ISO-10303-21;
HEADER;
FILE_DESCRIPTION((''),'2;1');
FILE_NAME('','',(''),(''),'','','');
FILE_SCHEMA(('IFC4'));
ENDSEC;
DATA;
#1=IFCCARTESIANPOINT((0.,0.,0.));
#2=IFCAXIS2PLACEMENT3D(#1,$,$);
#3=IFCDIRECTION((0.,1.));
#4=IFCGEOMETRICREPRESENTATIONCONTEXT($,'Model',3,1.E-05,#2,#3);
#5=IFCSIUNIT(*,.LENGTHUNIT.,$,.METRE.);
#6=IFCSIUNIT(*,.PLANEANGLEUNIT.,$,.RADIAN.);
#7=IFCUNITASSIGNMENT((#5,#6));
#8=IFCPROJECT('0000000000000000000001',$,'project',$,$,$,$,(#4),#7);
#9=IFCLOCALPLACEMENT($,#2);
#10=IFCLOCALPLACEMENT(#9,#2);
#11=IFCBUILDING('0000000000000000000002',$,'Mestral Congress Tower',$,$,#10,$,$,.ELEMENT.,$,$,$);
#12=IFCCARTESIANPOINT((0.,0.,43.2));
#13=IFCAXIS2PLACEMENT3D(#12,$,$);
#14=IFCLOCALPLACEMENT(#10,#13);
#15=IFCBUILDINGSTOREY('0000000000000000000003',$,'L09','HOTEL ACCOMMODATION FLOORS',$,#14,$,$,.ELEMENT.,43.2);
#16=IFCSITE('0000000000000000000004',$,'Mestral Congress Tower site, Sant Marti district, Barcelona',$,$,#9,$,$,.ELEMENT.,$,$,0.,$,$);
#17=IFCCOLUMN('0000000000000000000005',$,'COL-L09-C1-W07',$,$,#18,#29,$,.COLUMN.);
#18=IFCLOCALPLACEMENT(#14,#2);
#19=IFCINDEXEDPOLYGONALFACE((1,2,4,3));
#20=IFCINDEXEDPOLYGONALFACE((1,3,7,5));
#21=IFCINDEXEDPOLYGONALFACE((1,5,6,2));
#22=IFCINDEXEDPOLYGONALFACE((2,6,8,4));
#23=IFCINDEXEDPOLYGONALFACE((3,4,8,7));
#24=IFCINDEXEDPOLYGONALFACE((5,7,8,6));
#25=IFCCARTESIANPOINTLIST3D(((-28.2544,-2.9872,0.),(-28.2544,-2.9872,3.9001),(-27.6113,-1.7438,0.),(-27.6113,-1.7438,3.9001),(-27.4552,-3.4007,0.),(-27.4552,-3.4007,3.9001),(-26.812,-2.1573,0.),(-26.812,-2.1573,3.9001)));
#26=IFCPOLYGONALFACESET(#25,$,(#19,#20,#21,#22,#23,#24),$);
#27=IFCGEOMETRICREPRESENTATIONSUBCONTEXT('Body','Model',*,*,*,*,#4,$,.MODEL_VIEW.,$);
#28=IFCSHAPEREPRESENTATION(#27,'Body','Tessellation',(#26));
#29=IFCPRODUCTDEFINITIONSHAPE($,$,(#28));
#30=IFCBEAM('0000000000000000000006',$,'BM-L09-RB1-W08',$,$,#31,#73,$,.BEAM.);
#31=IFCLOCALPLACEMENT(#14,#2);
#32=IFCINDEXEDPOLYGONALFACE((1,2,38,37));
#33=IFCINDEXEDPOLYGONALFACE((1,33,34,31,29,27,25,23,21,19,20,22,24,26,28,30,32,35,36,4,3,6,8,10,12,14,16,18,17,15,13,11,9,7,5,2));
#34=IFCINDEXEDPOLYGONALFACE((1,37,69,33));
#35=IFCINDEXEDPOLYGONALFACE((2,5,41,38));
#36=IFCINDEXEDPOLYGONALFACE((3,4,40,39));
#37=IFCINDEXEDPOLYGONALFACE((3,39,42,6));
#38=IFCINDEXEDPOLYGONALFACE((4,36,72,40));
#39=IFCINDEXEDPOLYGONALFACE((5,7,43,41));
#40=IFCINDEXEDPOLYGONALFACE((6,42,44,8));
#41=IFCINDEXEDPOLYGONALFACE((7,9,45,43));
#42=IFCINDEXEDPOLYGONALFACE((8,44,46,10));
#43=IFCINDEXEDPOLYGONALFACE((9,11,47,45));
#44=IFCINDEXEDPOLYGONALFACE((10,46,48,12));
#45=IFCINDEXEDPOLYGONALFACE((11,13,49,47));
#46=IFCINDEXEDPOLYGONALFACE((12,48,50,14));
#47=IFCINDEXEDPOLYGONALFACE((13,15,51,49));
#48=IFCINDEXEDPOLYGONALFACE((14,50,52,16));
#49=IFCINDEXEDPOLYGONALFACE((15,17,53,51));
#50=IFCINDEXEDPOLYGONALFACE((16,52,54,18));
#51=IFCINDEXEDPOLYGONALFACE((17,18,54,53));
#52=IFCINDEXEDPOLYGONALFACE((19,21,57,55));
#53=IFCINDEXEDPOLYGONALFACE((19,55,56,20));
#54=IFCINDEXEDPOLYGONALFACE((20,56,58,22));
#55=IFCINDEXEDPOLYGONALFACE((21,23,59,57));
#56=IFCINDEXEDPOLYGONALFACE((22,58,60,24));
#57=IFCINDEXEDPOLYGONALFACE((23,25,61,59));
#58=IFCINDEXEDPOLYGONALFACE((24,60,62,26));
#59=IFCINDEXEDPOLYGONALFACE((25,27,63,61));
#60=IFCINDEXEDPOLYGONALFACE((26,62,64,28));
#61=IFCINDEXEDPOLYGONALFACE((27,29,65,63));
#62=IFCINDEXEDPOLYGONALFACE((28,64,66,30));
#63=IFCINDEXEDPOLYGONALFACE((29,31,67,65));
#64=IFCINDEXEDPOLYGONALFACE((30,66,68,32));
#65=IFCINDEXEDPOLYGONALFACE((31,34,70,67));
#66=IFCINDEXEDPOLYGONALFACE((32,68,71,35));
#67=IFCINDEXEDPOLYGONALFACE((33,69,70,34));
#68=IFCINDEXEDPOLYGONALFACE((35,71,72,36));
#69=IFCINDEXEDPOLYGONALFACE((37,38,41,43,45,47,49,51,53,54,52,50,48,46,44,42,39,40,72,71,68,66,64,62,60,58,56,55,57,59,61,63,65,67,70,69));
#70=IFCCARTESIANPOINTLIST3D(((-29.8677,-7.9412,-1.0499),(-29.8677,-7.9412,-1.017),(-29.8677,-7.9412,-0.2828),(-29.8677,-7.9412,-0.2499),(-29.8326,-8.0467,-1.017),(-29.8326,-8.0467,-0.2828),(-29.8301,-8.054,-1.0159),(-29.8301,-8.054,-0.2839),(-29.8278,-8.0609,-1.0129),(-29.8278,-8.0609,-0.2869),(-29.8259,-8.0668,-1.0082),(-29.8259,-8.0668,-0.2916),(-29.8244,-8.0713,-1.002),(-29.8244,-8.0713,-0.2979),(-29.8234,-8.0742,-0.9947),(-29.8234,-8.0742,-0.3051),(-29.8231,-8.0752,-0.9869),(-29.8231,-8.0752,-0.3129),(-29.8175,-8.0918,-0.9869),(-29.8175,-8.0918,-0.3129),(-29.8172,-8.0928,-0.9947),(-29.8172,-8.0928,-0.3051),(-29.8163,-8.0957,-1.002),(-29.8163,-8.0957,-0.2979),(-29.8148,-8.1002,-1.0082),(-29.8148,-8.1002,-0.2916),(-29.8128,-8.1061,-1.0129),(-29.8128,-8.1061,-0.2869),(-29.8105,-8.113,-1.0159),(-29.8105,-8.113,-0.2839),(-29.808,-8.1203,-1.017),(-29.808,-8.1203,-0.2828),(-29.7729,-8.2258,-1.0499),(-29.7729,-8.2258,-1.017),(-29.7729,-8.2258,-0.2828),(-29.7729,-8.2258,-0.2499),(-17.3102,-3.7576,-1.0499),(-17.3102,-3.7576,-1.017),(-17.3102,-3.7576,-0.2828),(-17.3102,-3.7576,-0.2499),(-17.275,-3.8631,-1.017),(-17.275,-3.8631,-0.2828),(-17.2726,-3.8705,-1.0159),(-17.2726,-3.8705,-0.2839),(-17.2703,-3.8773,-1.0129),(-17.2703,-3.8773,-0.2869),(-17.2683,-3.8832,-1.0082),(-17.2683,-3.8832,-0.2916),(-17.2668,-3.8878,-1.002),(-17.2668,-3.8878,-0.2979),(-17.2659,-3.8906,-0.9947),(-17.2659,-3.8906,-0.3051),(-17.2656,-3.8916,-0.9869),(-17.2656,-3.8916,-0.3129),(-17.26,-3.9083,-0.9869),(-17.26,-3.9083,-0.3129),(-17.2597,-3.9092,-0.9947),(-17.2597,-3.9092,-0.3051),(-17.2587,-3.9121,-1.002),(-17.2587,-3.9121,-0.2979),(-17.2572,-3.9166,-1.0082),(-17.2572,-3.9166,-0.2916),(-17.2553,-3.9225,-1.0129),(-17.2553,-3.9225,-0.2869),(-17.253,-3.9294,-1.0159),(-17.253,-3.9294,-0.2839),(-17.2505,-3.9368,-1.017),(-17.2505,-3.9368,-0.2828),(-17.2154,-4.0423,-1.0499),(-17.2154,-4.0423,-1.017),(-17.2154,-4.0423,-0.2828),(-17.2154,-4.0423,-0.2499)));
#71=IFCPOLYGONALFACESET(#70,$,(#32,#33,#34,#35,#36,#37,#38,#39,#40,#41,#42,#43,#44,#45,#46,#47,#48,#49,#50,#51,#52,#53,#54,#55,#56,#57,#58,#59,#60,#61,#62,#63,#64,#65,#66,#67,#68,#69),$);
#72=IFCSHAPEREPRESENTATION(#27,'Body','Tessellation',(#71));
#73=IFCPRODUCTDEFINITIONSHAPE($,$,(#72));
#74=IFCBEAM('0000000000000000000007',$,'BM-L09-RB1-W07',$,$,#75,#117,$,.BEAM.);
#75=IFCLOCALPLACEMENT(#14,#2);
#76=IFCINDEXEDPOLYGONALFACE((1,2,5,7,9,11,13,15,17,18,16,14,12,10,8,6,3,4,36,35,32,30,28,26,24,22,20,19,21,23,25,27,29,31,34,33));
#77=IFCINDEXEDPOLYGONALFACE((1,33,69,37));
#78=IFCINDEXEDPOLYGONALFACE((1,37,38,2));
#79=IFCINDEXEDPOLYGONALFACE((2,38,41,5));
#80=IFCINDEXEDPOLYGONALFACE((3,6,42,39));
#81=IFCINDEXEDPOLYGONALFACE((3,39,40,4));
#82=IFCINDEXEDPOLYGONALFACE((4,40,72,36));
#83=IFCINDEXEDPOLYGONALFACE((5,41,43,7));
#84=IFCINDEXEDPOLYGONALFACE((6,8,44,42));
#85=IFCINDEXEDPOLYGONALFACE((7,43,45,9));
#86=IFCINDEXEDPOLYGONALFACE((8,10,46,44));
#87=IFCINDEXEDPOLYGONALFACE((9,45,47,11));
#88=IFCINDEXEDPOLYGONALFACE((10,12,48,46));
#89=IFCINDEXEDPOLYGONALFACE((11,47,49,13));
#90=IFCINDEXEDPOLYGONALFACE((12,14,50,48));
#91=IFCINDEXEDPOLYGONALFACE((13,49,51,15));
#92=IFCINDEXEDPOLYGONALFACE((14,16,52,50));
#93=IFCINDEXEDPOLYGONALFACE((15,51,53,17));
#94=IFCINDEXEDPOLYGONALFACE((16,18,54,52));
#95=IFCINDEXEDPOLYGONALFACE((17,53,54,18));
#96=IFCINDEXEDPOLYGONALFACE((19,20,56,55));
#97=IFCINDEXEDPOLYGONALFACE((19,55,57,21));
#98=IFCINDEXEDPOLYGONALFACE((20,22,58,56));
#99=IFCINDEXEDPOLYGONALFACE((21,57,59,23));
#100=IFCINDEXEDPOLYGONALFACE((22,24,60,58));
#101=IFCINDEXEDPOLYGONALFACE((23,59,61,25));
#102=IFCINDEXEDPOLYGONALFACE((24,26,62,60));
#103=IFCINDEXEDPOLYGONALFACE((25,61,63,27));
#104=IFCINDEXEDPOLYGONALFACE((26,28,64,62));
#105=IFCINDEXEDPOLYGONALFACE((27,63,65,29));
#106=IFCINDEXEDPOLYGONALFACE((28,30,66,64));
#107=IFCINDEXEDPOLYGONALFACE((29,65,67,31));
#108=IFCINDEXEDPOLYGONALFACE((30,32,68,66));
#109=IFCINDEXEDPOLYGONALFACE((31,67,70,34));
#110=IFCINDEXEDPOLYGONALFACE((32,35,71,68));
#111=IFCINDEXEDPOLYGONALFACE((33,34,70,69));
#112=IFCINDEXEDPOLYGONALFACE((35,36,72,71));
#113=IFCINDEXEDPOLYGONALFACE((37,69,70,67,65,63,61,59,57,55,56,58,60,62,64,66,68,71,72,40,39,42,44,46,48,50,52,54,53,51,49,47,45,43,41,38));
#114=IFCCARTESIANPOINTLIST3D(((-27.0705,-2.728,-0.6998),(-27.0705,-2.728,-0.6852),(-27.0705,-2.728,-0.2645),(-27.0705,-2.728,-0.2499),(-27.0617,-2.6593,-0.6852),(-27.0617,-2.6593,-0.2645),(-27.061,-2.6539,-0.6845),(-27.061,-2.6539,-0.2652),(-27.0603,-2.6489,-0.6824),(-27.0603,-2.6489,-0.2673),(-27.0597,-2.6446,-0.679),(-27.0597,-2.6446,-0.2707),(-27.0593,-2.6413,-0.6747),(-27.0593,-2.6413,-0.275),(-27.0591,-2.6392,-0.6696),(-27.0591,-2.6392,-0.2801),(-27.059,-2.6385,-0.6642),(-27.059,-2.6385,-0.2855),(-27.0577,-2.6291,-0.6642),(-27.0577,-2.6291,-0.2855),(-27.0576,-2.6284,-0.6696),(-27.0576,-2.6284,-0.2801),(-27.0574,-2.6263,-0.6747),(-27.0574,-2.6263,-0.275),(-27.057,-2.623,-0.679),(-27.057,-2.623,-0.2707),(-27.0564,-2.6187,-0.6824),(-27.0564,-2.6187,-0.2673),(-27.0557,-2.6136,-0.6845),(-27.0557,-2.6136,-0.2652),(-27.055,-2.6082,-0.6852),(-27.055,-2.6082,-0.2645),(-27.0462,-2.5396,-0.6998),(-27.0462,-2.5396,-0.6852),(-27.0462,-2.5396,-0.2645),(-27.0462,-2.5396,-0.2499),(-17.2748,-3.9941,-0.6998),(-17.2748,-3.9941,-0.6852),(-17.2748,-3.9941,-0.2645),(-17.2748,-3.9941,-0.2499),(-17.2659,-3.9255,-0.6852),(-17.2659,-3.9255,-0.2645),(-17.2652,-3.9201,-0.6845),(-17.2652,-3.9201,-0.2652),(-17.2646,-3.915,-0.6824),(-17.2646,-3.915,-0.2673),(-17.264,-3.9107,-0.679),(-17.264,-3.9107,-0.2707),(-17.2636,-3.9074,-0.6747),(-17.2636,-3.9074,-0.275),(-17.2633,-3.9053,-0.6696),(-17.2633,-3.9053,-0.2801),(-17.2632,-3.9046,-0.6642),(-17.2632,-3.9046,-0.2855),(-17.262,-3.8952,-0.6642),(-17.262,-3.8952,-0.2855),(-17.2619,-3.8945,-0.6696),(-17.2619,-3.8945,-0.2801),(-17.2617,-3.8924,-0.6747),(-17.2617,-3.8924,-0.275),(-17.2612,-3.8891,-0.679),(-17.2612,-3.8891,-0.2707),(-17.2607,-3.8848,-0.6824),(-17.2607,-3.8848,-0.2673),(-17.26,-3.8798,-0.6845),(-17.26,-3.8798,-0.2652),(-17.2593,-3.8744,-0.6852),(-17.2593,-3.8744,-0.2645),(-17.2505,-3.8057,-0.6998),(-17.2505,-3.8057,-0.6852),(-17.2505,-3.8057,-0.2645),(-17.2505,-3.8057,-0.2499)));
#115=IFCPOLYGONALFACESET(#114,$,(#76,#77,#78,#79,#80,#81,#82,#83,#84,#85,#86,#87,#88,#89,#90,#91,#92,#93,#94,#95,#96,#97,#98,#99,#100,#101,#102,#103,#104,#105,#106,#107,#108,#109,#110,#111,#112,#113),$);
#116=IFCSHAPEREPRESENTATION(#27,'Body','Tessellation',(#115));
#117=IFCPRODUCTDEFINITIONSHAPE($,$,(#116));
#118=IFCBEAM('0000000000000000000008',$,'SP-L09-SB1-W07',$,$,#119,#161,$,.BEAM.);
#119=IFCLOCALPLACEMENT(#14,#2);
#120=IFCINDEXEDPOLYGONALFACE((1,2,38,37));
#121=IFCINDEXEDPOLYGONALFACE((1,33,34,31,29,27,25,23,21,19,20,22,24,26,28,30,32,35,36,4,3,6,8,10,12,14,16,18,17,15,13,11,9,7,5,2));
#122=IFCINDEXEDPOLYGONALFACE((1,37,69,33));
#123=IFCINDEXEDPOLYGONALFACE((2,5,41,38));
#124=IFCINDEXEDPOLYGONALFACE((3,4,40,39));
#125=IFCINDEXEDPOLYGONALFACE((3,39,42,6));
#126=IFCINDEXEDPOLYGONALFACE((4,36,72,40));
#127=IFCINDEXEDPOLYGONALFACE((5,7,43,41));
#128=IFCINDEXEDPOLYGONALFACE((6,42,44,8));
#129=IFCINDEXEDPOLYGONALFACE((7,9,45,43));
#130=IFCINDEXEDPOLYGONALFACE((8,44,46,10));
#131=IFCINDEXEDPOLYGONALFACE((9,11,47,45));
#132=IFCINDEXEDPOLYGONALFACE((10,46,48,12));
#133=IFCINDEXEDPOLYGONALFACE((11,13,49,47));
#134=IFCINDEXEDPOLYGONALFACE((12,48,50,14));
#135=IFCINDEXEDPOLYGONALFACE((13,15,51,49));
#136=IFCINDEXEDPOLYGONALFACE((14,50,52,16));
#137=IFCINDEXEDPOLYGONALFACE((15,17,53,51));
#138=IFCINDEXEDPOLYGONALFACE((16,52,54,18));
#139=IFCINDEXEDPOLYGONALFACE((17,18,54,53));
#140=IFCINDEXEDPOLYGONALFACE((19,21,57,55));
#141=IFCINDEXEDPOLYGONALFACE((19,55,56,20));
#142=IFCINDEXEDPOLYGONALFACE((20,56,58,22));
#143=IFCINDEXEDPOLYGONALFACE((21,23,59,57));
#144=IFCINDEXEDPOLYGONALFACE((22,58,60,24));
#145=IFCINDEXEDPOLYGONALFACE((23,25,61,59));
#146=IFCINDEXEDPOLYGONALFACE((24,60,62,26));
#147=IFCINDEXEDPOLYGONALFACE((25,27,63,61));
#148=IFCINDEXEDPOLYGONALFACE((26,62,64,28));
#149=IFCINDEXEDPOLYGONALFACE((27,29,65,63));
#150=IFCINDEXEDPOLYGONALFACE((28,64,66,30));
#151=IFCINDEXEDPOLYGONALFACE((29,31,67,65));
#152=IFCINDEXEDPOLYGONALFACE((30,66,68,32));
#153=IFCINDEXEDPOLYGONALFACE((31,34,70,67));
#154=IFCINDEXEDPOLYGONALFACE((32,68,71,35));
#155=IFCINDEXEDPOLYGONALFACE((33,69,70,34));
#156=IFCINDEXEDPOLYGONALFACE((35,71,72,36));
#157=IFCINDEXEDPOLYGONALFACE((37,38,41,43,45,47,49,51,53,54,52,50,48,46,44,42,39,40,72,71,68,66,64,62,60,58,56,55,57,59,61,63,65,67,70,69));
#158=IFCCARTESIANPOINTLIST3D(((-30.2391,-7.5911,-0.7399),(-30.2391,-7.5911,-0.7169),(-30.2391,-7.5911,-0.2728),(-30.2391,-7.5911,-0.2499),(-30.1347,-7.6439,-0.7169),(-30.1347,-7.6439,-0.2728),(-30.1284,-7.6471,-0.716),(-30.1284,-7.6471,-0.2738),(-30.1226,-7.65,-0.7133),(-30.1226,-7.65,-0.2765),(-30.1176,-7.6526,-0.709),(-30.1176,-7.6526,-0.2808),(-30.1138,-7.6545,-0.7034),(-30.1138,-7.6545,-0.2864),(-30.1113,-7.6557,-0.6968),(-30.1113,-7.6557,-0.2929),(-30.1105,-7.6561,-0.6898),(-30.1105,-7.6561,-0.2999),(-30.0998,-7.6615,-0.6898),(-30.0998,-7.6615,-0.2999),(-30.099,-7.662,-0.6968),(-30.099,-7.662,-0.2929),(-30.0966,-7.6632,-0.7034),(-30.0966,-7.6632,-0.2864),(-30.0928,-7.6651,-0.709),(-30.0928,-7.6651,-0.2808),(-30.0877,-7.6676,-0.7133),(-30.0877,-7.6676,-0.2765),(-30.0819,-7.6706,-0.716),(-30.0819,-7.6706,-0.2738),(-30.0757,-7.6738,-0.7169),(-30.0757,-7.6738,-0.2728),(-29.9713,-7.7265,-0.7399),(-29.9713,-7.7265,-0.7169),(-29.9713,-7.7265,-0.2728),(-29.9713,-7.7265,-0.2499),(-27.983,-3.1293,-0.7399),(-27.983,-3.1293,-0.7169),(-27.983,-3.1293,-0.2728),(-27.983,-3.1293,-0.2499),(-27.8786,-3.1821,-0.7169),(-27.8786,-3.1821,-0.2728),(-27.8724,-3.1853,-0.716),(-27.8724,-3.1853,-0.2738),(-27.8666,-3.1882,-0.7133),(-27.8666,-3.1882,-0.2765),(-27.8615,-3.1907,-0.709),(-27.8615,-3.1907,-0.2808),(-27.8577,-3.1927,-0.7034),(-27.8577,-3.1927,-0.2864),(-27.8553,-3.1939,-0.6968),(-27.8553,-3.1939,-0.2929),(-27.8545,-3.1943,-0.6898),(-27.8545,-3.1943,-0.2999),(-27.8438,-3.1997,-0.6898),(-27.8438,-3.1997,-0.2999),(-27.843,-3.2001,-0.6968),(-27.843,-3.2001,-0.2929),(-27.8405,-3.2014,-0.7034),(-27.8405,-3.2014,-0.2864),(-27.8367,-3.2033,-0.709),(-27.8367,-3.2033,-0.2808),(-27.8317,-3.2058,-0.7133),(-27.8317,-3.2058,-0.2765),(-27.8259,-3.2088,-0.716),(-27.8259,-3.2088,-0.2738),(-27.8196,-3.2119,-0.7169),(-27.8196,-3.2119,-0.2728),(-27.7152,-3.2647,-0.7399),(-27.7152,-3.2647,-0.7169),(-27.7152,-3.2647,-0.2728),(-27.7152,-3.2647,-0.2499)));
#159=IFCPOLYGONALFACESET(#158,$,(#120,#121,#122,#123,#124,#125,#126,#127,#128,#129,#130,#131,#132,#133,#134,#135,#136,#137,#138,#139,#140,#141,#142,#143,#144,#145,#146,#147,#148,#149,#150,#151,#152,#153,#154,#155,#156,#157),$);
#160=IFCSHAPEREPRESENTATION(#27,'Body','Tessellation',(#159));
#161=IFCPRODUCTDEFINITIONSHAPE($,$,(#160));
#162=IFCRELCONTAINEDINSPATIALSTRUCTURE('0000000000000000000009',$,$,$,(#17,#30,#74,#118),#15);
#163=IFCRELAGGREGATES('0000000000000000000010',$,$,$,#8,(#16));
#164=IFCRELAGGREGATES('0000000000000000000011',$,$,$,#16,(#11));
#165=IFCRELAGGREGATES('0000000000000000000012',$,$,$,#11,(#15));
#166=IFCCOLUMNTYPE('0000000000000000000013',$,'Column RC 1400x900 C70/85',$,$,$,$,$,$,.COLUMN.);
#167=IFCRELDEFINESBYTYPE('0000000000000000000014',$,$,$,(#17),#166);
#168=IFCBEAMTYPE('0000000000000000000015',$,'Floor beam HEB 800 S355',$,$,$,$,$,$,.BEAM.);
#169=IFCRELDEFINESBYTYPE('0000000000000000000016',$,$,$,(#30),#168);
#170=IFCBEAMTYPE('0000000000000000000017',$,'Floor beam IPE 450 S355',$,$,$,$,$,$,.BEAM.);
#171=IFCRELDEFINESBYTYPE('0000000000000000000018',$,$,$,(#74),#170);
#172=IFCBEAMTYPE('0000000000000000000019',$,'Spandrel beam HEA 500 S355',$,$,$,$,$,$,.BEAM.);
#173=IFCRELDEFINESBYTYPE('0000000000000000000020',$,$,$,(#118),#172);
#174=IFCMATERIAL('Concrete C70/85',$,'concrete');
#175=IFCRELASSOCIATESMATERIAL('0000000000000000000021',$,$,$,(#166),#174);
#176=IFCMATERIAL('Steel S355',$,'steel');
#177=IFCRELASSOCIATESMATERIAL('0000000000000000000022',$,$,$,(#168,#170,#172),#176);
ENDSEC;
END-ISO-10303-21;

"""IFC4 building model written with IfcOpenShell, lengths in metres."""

from ifc_helpers import new_model, si_unit, direction, frame, origin, origin_2d, place, context, subcontext, project, spatial, rectangle, i_section, extrude, material, material_profile, profile_set, type_object, element, save


model = new_model("IFC4")

# Units and contexts
model_context = context("Model", 3, precision=1e-05, world=origin(), true_north=direction((0.0, 1.0)))
body_context = subcontext(model_context, "Body", "Model", "MODEL_VIEW")
ifc_project = project(units=[si_unit("LENGTHUNIT", "METRE"), si_unit("PLANEANGLEUNIT", "RADIAN")], contexts=[model_context])

# Site, building, storey
site_placement = place(None, origin())
site = spatial("IfcSite", under=ifc_project, at=site_placement, Name="Mestral Congress Tower site, Sant Marti district, Barcelona", CompositionType="ELEMENT", RefElevation=0.0)
building_placement = place(site_placement, origin())
building = spatial("IfcBuilding", under=site, at=building_placement, Name="Mestral Congress Tower", CompositionType="ELEMENT")
storey_placement = place(building_placement, frame((0.0, 0.0, 43.2)))
storey = spatial("IfcBuildingStorey", under=building, at=storey_placement, Name="L09", Description="HOTEL ACCOMMODATION FLOORS", CompositionType="ELEMENT", Elevation=43.2)

# Column
ifc_material_1 = material(Name="Concrete C70/85", Category="concrete")
ifc_material_profile_1 = material_profile(ifc_material_1, rectangle(XDim=1.3999, YDim=0.8999, at=origin_2d()), Name="RC 1400x900")
ifc_profile_set_1 = profile_set([ifc_material_profile_1], Name="Concrete C70/85")
column_type = type_object("IfcColumnType", Name="Column RC 1400x900 C70/85", PredefinedType="COLUMN", material=ifc_profile_set_1)
column_placement = place(storey_placement, frame((-27.5332, -2.5723, 0.0), z_axis=(0.0, 0.0, 1.0), x_axis=(-0.459456, -0.888201, 0.0)))
element("IfcColumn", 1, at=column_placement, inside=storey, type_object=column_type, Name="COL-L09-C1-W07", PredefinedType="COLUMN", context=body_context, shape_type="SweptSolid", body=[
    extrude(rectangle(XDim=1.3999, YDim=0.8999, at=origin_2d()), origin(), (0.0, 0.0, 1.0), 3.9001),
])

# Beams
ifc_material_2 = material(Name="Steel S355", Category="steel")
ifc_material_profile_2 = material_profile(ifc_material_2, i_section(OverallWidth=0.3, OverallDepth=0.8, WebThickness=0.0176, FlangeThickness=0.033, FilletRadius=0.03, at=origin_2d()), Name="HEB 800")
ifc_profile_set_2 = profile_set([ifc_material_profile_2], Name="Steel S355")
beam_type_1 = type_object("IfcBeamType", Name="Floor beam HEB 800 S355", PredefinedType="BEAM", material=ifc_profile_set_2)
beam_1_placement = place(storey_placement, frame((-29.8203, -8.0835, -0.6499), z_axis=(0.948735, 0.316073, 0.0), x_axis=(-0.316073, 0.948735, 0.0)))
element("IfcBeam", 2, at=beam_1_placement, inside=storey, type_object=beam_type_1, Name="BM-L09-RB1-W08", PredefinedType="BEAM", context=body_context, shape_type="SweptSolid", body=[
    extrude(i_section(OverallWidth=0.3, OverallDepth=0.8, WebThickness=0.0176, FlangeThickness=0.033, FilletRadius=0.03, at=origin_2d()), origin(), (0.0, 0.0, 1.0), 13.2361),
])
ifc_material_profile_3 = material_profile(ifc_material_2, i_section(OverallWidth=0.1899, OverallDepth=0.45, WebThickness=0.0095, FlangeThickness=0.0146, FilletRadius=0.021, at=origin_2d()), Name="IPE 450")
ifc_profile_set_3 = profile_set([ifc_material_profile_3], Name="Steel S355")
beam_type_2 = type_object("IfcBeamType", Name="Floor beam IPE 450 S355", PredefinedType="BEAM", material=ifc_profile_set_3)
beam_2_placement = place(storey_placement, frame((-27.0583, -2.6338, -0.4749), z_axis=(0.99175, -0.128186, 0.0), x_axis=(0.128186, 0.99175, 0.0)))
element("IfcBeam", 3, at=beam_2_placement, inside=storey, type_object=beam_type_2, Name="BM-L09-RB1-W07", PredefinedType="BEAM", context=body_context, shape_type="SweptSolid", body=[
    extrude(i_section(OverallWidth=0.1899, OverallDepth=0.45, WebThickness=0.0095, FlangeThickness=0.0146, FilletRadius=0.021, at=origin_2d()), origin(), (0.0, 0.0, 1.0), 9.8772),
])
ifc_material_profile_4 = material_profile(ifc_material_2, i_section(OverallWidth=0.3, OverallDepth=0.49, WebThickness=0.012, FlangeThickness=0.0229, FilletRadius=0.0271, at=origin_2d()), Name="HEA 500")
ifc_profile_set_4 = profile_set([ifc_material_profile_4], Name="Steel S355")
beam_type_3 = type_object("IfcBeamType", Name="Spandrel beam HEA 500 S355", PredefinedType="BEAM", material=ifc_profile_set_4)
beam_3_placement = place(storey_placement, frame((-27.8491, -3.197, -0.4949), z_axis=(-0.451233, -0.892406, 0.0), x_axis=(0.892406, -0.451233, 0.0)))
element("IfcBeam", 4, at=beam_3_placement, inside=storey, type_object=beam_type_3, Name="SP-L09-SB1-W07", PredefinedType="BEAM", context=body_context, shape_type="SweptSolid", body=[
    extrude(i_section(OverallWidth=0.3, OverallDepth=0.49, WebThickness=0.012, FlangeThickness=0.0229, FilletRadius=0.0271, at=origin_2d()), origin(), (0.0, 0.0, 1.0), 4.9998),
])

save(model, "model.ifc")
